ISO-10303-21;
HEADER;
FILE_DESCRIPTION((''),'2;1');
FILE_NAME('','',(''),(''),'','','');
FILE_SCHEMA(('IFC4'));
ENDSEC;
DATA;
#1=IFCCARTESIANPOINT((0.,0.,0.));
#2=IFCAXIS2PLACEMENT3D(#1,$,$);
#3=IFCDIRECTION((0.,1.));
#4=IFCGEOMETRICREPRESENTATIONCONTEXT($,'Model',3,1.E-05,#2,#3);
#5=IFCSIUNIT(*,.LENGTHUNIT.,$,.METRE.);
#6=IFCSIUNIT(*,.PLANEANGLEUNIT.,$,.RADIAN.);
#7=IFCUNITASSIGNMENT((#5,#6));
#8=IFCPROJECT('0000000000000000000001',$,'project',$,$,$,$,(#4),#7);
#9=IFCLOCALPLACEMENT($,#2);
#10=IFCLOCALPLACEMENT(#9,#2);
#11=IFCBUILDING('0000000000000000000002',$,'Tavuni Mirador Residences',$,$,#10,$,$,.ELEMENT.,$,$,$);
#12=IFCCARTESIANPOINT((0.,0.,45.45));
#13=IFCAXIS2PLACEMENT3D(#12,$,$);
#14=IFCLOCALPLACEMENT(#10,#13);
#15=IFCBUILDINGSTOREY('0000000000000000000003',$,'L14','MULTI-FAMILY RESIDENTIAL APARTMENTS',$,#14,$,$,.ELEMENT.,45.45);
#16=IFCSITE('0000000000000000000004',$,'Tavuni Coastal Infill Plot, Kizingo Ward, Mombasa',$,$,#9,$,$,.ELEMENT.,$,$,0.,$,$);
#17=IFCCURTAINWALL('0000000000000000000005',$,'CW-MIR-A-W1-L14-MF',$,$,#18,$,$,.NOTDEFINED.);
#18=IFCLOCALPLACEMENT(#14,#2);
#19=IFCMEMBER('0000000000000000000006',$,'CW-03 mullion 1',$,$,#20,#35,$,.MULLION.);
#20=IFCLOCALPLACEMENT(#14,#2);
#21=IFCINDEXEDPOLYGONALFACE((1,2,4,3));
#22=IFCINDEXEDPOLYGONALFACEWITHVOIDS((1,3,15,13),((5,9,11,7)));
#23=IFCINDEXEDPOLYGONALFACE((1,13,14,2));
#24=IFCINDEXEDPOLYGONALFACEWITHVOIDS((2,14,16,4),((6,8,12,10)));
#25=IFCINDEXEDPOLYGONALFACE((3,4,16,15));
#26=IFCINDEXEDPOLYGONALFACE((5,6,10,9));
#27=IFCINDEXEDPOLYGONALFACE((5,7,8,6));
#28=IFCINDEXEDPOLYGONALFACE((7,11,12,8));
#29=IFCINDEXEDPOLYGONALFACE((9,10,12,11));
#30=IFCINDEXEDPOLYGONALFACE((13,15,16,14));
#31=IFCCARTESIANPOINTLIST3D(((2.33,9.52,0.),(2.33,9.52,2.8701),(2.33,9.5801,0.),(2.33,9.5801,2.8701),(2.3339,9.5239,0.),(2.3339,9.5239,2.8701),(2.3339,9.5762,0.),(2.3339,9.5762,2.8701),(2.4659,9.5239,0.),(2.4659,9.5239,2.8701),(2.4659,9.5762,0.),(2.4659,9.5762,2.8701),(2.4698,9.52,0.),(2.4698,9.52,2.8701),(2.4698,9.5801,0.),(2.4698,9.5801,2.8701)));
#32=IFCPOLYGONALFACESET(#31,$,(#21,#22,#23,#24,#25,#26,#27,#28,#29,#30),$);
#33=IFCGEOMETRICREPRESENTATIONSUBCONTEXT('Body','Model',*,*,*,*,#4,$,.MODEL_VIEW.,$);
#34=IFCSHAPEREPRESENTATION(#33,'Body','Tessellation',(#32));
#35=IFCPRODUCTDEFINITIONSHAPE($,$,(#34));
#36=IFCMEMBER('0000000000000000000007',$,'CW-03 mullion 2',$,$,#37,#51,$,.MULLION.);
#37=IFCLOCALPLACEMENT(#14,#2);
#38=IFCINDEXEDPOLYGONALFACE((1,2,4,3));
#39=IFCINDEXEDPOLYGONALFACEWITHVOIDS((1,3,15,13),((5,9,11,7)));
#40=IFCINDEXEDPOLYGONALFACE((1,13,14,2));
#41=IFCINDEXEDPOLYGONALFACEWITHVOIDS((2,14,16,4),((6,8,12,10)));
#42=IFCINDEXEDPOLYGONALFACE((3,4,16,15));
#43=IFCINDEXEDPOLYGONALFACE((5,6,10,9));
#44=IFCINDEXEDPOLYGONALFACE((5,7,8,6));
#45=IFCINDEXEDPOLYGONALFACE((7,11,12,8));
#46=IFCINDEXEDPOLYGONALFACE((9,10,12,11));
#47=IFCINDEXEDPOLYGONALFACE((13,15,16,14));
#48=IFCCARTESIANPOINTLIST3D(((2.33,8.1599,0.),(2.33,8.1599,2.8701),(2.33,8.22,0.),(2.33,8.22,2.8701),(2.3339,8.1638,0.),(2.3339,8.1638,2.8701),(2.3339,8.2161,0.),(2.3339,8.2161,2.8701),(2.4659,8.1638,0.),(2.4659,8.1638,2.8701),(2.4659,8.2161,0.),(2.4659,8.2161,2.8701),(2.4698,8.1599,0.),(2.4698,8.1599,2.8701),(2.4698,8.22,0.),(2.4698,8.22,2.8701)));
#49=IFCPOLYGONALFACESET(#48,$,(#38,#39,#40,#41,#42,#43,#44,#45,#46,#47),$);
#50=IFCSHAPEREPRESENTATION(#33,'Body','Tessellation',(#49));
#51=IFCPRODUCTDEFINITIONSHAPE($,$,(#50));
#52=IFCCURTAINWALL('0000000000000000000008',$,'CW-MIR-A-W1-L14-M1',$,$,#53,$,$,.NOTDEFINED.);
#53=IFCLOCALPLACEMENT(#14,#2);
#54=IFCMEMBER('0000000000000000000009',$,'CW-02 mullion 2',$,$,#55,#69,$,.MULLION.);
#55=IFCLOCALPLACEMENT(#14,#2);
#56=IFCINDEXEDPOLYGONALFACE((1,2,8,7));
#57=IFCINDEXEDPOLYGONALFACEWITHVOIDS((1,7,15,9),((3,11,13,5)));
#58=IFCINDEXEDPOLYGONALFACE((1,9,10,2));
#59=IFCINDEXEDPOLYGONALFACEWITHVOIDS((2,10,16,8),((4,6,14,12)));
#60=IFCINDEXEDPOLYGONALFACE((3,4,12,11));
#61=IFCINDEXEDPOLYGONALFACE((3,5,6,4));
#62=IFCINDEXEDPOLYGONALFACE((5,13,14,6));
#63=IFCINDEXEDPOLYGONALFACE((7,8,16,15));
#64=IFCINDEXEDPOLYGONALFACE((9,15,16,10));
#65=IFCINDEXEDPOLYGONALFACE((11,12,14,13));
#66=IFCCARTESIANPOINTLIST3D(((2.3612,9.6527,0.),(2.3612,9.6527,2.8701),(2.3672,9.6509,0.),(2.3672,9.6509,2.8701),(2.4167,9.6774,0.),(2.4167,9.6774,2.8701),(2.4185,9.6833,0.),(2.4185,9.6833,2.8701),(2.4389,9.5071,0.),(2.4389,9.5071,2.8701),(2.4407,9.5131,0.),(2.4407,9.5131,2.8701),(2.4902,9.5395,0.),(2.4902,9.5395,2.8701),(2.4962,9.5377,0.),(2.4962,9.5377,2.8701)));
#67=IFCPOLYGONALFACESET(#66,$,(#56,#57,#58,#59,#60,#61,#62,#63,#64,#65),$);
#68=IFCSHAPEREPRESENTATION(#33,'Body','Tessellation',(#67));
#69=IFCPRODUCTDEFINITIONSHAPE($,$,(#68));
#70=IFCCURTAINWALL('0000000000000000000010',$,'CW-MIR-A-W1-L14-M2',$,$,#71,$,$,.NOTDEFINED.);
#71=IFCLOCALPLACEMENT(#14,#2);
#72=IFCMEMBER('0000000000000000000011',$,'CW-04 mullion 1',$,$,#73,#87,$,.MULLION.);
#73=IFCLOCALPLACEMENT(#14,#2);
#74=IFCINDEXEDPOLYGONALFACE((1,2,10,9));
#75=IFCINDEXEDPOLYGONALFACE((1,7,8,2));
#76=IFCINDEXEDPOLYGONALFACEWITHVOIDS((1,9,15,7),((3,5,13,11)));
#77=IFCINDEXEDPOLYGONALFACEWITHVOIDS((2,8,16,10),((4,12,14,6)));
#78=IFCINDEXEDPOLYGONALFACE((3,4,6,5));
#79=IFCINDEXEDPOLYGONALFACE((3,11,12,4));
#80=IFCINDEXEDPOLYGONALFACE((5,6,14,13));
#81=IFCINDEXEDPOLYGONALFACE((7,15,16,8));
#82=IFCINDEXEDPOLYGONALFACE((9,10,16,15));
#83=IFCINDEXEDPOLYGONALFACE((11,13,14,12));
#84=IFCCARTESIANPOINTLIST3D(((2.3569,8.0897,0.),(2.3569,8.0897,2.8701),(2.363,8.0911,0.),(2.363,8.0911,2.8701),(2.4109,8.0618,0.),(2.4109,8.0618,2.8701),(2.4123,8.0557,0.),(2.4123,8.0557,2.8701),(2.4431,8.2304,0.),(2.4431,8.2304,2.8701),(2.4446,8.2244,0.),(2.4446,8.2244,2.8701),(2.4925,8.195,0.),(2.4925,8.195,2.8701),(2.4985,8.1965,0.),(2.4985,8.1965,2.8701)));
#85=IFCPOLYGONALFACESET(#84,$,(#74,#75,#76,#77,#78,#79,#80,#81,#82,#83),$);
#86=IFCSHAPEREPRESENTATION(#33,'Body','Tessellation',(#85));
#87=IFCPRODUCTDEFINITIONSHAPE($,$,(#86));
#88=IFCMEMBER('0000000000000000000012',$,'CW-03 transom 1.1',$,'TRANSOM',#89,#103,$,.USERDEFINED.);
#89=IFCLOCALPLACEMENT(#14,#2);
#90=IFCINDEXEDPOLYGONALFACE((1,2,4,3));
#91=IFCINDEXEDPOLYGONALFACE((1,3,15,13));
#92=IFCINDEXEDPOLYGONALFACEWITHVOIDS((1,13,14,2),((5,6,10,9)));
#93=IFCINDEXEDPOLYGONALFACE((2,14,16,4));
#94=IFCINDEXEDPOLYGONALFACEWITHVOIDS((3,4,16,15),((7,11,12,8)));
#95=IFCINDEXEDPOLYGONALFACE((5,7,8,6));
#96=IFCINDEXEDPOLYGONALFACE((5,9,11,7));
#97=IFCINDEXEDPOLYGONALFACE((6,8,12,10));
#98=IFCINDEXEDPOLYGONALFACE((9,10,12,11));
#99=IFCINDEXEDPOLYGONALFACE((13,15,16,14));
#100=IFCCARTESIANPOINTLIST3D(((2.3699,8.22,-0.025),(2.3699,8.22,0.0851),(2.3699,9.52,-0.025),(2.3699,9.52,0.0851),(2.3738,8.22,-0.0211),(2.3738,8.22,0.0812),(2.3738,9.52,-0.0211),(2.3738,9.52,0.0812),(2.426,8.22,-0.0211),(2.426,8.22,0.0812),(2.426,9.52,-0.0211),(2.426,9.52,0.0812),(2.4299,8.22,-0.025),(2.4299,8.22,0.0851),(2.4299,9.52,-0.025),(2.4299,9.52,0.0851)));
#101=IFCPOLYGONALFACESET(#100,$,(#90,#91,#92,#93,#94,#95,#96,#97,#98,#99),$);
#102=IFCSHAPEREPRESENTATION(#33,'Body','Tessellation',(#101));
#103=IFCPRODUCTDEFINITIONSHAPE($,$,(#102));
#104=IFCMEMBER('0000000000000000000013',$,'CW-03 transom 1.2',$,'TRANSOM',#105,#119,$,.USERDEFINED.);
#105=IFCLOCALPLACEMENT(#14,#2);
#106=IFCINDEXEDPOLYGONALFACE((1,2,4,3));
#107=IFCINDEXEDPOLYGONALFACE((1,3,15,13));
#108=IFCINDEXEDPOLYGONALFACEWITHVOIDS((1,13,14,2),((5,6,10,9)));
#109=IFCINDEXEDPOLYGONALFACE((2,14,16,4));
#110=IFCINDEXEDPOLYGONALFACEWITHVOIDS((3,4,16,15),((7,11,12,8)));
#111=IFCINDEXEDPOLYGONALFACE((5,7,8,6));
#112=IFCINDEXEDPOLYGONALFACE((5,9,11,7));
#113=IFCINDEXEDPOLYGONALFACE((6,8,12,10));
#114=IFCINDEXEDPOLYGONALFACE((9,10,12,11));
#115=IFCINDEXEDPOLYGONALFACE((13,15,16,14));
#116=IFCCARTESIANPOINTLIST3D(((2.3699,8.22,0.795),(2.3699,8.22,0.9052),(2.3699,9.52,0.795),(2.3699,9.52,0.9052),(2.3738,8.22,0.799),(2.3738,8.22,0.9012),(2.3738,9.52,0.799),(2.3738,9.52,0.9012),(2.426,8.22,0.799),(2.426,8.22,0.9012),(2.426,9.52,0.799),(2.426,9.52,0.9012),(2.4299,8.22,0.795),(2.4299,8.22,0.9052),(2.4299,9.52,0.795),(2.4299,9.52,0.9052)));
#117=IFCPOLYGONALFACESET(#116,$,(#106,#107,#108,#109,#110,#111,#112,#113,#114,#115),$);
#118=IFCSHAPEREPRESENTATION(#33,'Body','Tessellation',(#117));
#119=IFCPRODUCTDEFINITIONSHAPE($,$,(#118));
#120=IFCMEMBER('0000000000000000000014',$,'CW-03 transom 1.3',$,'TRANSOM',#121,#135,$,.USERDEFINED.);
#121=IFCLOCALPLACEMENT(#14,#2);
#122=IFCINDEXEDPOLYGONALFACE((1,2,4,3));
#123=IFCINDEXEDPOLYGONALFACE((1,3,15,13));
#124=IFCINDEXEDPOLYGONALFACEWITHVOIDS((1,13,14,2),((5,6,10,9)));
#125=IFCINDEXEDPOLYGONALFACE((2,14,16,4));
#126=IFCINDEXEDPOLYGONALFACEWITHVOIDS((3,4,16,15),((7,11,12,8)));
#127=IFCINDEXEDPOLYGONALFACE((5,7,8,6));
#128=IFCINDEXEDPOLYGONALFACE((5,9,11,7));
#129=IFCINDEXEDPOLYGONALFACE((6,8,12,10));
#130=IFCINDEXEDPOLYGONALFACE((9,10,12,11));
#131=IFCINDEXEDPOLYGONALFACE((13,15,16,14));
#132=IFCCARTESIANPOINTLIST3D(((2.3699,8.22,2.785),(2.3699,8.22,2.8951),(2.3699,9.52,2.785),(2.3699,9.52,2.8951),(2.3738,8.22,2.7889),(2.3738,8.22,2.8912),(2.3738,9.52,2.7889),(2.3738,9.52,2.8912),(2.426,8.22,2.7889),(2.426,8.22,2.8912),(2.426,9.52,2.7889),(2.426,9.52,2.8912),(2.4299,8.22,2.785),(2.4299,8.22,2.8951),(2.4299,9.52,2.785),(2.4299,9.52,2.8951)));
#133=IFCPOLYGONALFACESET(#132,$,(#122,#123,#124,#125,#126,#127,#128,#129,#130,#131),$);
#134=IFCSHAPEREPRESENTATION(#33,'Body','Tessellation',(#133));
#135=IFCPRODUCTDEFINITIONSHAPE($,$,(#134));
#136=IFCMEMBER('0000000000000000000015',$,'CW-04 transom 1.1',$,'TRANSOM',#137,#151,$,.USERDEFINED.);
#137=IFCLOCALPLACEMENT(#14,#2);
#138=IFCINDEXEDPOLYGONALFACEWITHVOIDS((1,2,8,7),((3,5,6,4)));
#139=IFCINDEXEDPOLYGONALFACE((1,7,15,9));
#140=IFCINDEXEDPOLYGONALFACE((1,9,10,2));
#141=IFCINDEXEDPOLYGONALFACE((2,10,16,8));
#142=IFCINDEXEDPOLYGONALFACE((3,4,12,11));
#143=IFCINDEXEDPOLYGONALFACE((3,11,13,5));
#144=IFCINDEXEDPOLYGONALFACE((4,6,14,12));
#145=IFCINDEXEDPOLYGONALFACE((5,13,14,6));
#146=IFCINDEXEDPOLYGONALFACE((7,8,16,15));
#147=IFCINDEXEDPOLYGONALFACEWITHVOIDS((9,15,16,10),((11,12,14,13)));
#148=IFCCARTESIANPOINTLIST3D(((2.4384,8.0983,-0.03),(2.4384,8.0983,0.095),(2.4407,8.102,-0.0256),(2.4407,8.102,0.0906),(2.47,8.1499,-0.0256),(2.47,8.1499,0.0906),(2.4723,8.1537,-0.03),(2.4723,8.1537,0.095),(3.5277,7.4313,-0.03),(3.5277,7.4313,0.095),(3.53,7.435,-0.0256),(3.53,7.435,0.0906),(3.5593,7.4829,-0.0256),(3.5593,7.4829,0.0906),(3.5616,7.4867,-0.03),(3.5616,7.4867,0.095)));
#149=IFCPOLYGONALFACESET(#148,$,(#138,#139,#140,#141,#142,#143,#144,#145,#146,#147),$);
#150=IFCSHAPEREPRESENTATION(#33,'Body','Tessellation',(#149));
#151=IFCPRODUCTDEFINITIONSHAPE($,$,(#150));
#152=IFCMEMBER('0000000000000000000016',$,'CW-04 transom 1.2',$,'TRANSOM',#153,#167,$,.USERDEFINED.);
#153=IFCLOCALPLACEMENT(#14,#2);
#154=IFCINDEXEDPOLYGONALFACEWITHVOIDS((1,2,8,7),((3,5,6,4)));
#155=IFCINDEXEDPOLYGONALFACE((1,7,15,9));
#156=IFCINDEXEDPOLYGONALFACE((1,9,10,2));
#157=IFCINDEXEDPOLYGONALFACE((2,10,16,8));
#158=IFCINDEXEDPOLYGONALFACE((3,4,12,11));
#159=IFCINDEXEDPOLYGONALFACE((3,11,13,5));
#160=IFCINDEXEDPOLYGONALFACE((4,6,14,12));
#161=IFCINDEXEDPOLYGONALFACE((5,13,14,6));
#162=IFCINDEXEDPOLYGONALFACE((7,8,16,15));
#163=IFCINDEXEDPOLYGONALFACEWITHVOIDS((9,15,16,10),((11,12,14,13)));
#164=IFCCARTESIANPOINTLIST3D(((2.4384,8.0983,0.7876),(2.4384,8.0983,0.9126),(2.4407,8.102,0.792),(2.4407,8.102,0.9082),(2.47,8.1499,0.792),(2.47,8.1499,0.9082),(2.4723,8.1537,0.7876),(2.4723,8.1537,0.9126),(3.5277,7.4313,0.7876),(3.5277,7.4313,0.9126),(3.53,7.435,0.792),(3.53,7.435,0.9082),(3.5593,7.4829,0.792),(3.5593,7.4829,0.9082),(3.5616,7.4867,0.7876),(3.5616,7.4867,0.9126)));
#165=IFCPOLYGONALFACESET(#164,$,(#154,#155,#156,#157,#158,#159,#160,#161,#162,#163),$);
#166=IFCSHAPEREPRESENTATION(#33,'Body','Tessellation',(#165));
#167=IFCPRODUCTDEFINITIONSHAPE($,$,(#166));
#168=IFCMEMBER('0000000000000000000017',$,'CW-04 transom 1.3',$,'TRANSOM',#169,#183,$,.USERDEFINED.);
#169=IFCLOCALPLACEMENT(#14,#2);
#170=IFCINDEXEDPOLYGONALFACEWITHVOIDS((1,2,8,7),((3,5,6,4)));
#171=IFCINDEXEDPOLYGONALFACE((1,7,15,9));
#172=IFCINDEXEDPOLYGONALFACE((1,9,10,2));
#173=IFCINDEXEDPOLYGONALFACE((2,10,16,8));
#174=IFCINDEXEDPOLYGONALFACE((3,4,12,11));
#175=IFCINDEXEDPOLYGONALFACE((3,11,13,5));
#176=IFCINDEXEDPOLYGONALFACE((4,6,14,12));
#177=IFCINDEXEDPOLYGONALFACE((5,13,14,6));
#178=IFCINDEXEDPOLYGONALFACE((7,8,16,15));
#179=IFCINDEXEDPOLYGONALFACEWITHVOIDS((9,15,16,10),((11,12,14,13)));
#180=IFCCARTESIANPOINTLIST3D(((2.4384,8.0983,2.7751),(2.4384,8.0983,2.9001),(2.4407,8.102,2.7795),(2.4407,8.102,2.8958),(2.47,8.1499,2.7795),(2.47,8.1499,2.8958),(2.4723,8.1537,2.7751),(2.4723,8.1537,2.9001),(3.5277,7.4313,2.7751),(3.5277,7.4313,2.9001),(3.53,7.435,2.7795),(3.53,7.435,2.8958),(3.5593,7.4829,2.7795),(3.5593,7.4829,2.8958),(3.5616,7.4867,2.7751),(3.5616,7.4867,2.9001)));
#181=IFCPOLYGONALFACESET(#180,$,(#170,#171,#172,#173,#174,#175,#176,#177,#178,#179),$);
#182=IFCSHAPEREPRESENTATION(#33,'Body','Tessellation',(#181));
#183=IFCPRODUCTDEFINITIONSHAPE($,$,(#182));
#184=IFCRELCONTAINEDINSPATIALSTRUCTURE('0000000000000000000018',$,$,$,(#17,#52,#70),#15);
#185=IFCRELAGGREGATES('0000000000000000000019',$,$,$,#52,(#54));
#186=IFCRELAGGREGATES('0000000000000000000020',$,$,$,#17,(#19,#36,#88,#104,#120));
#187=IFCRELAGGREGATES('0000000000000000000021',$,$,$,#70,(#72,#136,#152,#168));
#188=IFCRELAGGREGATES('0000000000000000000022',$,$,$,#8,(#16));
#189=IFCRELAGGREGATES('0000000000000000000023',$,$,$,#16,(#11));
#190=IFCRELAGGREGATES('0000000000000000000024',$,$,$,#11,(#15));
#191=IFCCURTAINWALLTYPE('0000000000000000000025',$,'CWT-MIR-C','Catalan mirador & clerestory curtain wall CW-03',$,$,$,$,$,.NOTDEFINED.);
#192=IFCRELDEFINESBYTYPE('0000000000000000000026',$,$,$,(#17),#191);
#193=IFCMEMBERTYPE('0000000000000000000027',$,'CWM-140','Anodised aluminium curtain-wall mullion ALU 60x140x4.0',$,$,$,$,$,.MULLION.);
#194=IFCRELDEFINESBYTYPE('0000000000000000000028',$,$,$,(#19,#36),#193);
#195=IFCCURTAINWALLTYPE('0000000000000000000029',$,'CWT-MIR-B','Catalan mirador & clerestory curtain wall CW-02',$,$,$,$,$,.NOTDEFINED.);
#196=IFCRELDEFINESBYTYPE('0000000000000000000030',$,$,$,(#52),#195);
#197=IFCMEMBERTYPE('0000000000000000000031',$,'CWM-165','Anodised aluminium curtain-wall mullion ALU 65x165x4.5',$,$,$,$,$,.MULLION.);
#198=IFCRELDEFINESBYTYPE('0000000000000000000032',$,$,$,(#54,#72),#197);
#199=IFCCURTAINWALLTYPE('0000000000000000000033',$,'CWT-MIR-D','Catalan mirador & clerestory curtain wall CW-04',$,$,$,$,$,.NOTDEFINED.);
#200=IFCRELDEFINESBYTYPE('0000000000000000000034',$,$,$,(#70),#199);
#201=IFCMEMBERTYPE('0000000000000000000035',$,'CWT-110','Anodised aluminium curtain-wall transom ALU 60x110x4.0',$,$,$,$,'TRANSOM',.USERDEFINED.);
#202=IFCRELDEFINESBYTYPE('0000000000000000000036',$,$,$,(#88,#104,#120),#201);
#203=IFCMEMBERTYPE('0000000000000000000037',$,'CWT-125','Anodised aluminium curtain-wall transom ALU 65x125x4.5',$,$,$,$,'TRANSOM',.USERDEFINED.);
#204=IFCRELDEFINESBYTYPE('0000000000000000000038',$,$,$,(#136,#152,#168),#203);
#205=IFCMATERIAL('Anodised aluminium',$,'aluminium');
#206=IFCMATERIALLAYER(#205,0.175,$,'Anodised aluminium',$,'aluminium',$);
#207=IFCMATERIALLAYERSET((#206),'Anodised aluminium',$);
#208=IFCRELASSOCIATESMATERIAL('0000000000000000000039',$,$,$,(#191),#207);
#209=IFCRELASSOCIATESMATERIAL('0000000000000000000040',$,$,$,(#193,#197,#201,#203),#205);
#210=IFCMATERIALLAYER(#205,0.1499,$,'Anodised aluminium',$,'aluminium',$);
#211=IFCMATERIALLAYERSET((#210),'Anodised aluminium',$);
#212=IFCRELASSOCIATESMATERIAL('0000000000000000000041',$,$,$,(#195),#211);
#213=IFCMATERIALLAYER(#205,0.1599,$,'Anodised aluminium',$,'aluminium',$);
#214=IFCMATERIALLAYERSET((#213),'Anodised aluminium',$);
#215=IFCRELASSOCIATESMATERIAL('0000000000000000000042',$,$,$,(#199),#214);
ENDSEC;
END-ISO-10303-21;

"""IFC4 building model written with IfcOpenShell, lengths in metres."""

from ifc_helpers import new_model, si_unit, direction, frame, origin, origin_2d, place, context, subcontext, project, spatial, hollow_rectangle, extrude, material, layer, layer_set, material_profile, profile_set, type_object, element, aggregate, save


model = new_model("IFC4")

# Units and contexts
model_context = context("Model", 3, precision=1e-05, world=origin(), true_north=direction((0.0, 1.0)))
body_context = subcontext(model_context, "Body", "Model", "MODEL_VIEW")
ifc_project = project(units=[si_unit("LENGTHUNIT", "METRE"), si_unit("PLANEANGLEUNIT", "RADIAN")], contexts=[model_context])

# Site, building, storey
site_placement = place(None, origin())
site = spatial("IfcSite", under=ifc_project, at=site_placement, Name="Tavuni Coastal Infill Plot, Kizingo Ward, Mombasa", CompositionType="ELEMENT", RefElevation=0.0)
building_placement = place(site_placement, origin())
building = spatial("IfcBuilding", under=site, at=building_placement, Name="Tavuni Mirador Residences", CompositionType="ELEMENT")
storey_placement = place(building_placement, frame((0.0, 0.0, 45.45)))
storey = spatial("IfcBuildingStorey", under=building, at=storey_placement, Name="L14", Description="MULTI-FAMILY RESIDENTIAL APARTMENTS", CompositionType="ELEMENT", Elevation=45.45)

# Curtain wall, members
ifc_material_1 = material(Name="Anodised aluminium", Category="aluminium")
ifc_layer_1 = layer(ifc_material_1, 0.175, Name="Anodised aluminium", Category="aluminium")
ifc_layer_set_1 = layer_set([ifc_layer_1], Name="Anodised aluminium")
curtain_wall_type_1 = type_object("IfcCurtainWallType", Name="CWT-MIR-C", Description="Catalan mirador & clerestory curtain wall CW-03", PredefinedType="NOTDEFINED", material=ifc_layer_set_1)
curtain_wall_1_placement = place(storey_placement, origin())
curtain_wall_1 = element("IfcCurtainWall", 1, at=curtain_wall_1_placement, inside=storey, type_object=curtain_wall_type_1, Name="CW-MIR-A-W1-L14-MF", PredefinedType="NOTDEFINED")
ifc_material_profile_1 = material_profile(ifc_material_1, hollow_rectangle(XDim=0.0601, YDim=0.1399, WallThickness=0.0039, at=origin_2d()), Name="ALU 60x140x4.0", Category="aluminium")
ifc_profile_set_1 = profile_set([ifc_material_profile_1], Name="Anodised aluminium")
member_type_1 = type_object("IfcMemberType", Name="CWM-140", Description="Anodised aluminium curtain-wall mullion ALU 60x140x4.0", PredefinedType="MULLION", material=ifc_profile_set_1)
member_1_placement = place(storey_placement, frame((2.3999, 9.55, 0.0), z_axis=(0.0, 0.0, 1.0), x_axis=(0.0, -1.0, 0.0)))
member_1 = element("IfcMember", 2, at=member_1_placement, type_object=member_type_1, Name="CW-03 mullion 1", PredefinedType="MULLION", context=body_context, shape_type="SweptSolid", body=[
    extrude(hollow_rectangle(XDim=0.0601, YDim=0.1399, WallThickness=0.0039, at=origin_2d()), origin(), (0.0, 0.0, 1.0), 2.8701),
])
member_2_placement = place(storey_placement, frame((2.3999, 8.1899, 0.0), z_axis=(0.0, 0.0, 1.0), x_axis=(0.0, -1.0, 0.0)))
member_2 = element("IfcMember", 3, at=member_2_placement, type_object=member_type_1, Name="CW-03 mullion 2", PredefinedType="MULLION", context=body_context, shape_type="SweptSolid", body=[
    extrude(hollow_rectangle(XDim=0.0601, YDim=0.1399, WallThickness=0.0039, at=origin_2d()), origin(), (0.0, 0.0, 1.0), 2.8701),
])

# Curtain walls, members
ifc_layer_2 = layer(ifc_material_1, 0.1499, Name="Anodised aluminium", Category="aluminium")
ifc_layer_set_2 = layer_set([ifc_layer_2], Name="Anodised aluminium")
curtain_wall_type_2 = type_object("IfcCurtainWallType", Name="CWT-MIR-B", Description="Catalan mirador & clerestory curtain wall CW-02", PredefinedType="NOTDEFINED", material=ifc_layer_set_2)
curtain_wall_2_placement = place(storey_placement, origin())
curtain_wall_2 = element("IfcCurtainWall", 4, at=curtain_wall_2_placement, inside=storey, type_object=curtain_wall_type_2, Name="CW-MIR-A-W1-L14-M1", PredefinedType="NOTDEFINED")
ifc_material_profile_2 = material_profile(ifc_material_1, hollow_rectangle(XDim=0.0649, YDim=0.165, WallThickness=0.0044, at=origin_2d()), Name="ALU 65x165x4.5", Category="aluminium")
ifc_profile_set_2 = profile_set([ifc_material_profile_2], Name="Anodised aluminium")
member_type_2 = type_object("IfcMemberType", Name="CWM-165", Description="Anodised aluminium curtain-wall mullion ALU 65x165x4.5", PredefinedType="MULLION", material=ifc_profile_set_2)
member_3_placement = place(storey_placement, frame((2.4287, 9.5952, 0.0), z_axis=(0.0, 0.0, 1.0), x_axis=(-0.882353, -0.470588, 0.0)))
member_3 = element("IfcMember", 5, at=member_3_placement, type_object=member_type_2, Name="CW-02 mullion 2", PredefinedType="MULLION", context=body_context, shape_type="SweptSolid", body=[
    extrude(hollow_rectangle(XDim=0.0649, YDim=0.165, WallThickness=0.0044, at=origin_2d()), origin(), (0.0, 0.0, 1.0), 2.8701),
])
aggregate(curtain_wall_2, [member_3])
ifc_layer_3 = layer(ifc_material_1, 0.1599, Name="Anodised aluminium", Category="aluminium")
ifc_layer_set_3 = layer_set([ifc_layer_3], Name="Anodised aluminium")
curtain_wall_type_3 = type_object("IfcCurtainWallType", Name="CWT-MIR-D", Description="Catalan mirador & clerestory curtain wall CW-04", PredefinedType="NOTDEFINED", material=ifc_layer_set_3)
curtain_wall_3_placement = place(storey_placement, origin())
curtain_wall_3 = element("IfcCurtainWall", 6, at=curtain_wall_3_placement, inside=storey, type_object=curtain_wall_type_3, Name="CW-MIR-A-W1-L14-M2", PredefinedType="NOTDEFINED")
member_4_placement = place(storey_placement, frame((2.4277, 8.1431, 0.0), z_axis=(0.0, 0.0, 1.0), x_axis=(0.852754, -0.522312, 0.0)))
member_4 = element("IfcMember", 7, at=member_4_placement, type_object=member_type_2, Name="CW-04 mullion 1", PredefinedType="MULLION", context=body_context, shape_type="SweptSolid", body=[
    extrude(hollow_rectangle(XDim=0.0649, YDim=0.165, WallThickness=0.0044, at=origin_2d()), origin(), (0.0, 0.0, 1.0), 2.8701),
])

# Members
ifc_material_profile_3 = material_profile(ifc_material_1, hollow_rectangle(XDim=0.0601, YDim=0.1101, WallThickness=0.0039, at=origin_2d()), Name="ALU 60x110x4.0", Category="aluminium")
ifc_profile_set_3 = profile_set([ifc_material_profile_3], Name="Anodised aluminium")
member_type_3 = type_object("IfcMemberType", Name="CWT-110", Description="Anodised aluminium curtain-wall transom ALU 60x110x4.0", ElementType="TRANSOM", PredefinedType="USERDEFINED", material=ifc_profile_set_3)
member_5_placement = place(storey_placement, frame((2.3999, 9.52, 0.03), z_axis=(0.0, -1.0, 0.0), x_axis=(1.0, 0.0, 0.0)))
member_5 = element("IfcMember", 8, at=member_5_placement, type_object=member_type_3, Name="CW-03 transom 1.1", ObjectType="TRANSOM", PredefinedType="USERDEFINED", context=body_context, shape_type="SweptSolid", body=[
    extrude(hollow_rectangle(XDim=0.0601, YDim=0.1101, WallThickness=0.0039, at=origin_2d()), origin(), (0.0, 0.0, 1.0), 1.3),
])
member_6_placement = place(storey_placement, frame((2.3999, 9.52, 0.8501), z_axis=(0.0, -1.0, 0.0), x_axis=(1.0, 0.0, 0.0)))
member_6 = element("IfcMember", 9, at=member_6_placement, type_object=member_type_3, Name="CW-03 transom 1.2", ObjectType="TRANSOM", PredefinedType="USERDEFINED", context=body_context, shape_type="SweptSolid", body=[
    extrude(hollow_rectangle(XDim=0.0601, YDim=0.1101, WallThickness=0.0039, at=origin_2d()), origin(), (0.0, 0.0, 1.0), 1.3),
])
member_7_placement = place(storey_placement, frame((2.3999, 9.52, 2.8401), z_axis=(0.0, -1.0, 0.0), x_axis=(1.0, 0.0, 0.0)))
member_7 = element("IfcMember", 10, at=member_7_placement, type_object=member_type_3, Name="CW-03 transom 1.3", ObjectType="TRANSOM", PredefinedType="USERDEFINED", context=body_context, shape_type="SweptSolid", body=[
    extrude(hollow_rectangle(XDim=0.0601, YDim=0.1101, WallThickness=0.0039, at=origin_2d()), origin(), (0.0, 0.0, 1.0), 1.3),
])
ifc_material_profile_4 = material_profile(ifc_material_1, hollow_rectangle(XDim=0.0649, YDim=0.125, WallThickness=0.0044, at=origin_2d()), Name="ALU 65x125x4.5", Category="aluminium")
ifc_profile_set_4 = profile_set([ifc_material_profile_4], Name="Anodised aluminium")
member_type_4 = type_object("IfcMemberType", Name="CWT-125", Description="Anodised aluminium curtain-wall transom ALU 65x125x4.5", ElementType="TRANSOM", PredefinedType="USERDEFINED", material=ifc_profile_set_4)
member_8_placement = place(storey_placement, frame((2.4553, 8.126, 0.0325), z_axis=(0.852837, -0.522177, 0.0), x_axis=(0.522177, 0.852837, 0.0)))
member_8 = element("IfcMember", 11, at=member_8_placement, type_object=member_type_4, Name="CW-04 transom 1.1", ObjectType="TRANSOM", PredefinedType="USERDEFINED", context=body_context, shape_type="SweptSolid", body=[
    extrude(hollow_rectangle(XDim=0.0649, YDim=0.125, WallThickness=0.0044, at=origin_2d()), origin(), (0.0, 0.0, 1.0), 1.2773),
])
member_9_placement = place(storey_placement, frame((2.4553, 8.126, 0.8501), z_axis=(0.852837, -0.522177, 0.0), x_axis=(0.522177, 0.852837, 0.0)))
member_9 = element("IfcMember", 12, at=member_9_placement, type_object=member_type_4, Name="CW-04 transom 1.2", ObjectType="TRANSOM", PredefinedType="USERDEFINED", context=body_context, shape_type="SweptSolid", body=[
    extrude(hollow_rectangle(XDim=0.0649, YDim=0.125, WallThickness=0.0044, at=origin_2d()), origin(), (0.0, 0.0, 1.0), 1.2773),
])
member_10_placement = place(storey_placement, frame((2.4553, 8.126, 2.8376), z_axis=(0.852837, -0.522177, 0.0), x_axis=(0.522177, 0.852837, 0.0)))
member_10 = element("IfcMember", 13, at=member_10_placement, type_object=member_type_4, Name="CW-04 transom 1.3", ObjectType="TRANSOM", PredefinedType="USERDEFINED", context=body_context, shape_type="SweptSolid", body=[
    extrude(hollow_rectangle(XDim=0.0649, YDim=0.125, WallThickness=0.0044, at=origin_2d()), origin(), (0.0, 0.0, 1.0), 1.2773),
])

aggregate(curtain_wall_1, [member_1, member_2, member_5, member_6, member_7])
aggregate(curtain_wall_3, [member_4, member_8, member_9, member_10])

save(model, "model.ifc")
